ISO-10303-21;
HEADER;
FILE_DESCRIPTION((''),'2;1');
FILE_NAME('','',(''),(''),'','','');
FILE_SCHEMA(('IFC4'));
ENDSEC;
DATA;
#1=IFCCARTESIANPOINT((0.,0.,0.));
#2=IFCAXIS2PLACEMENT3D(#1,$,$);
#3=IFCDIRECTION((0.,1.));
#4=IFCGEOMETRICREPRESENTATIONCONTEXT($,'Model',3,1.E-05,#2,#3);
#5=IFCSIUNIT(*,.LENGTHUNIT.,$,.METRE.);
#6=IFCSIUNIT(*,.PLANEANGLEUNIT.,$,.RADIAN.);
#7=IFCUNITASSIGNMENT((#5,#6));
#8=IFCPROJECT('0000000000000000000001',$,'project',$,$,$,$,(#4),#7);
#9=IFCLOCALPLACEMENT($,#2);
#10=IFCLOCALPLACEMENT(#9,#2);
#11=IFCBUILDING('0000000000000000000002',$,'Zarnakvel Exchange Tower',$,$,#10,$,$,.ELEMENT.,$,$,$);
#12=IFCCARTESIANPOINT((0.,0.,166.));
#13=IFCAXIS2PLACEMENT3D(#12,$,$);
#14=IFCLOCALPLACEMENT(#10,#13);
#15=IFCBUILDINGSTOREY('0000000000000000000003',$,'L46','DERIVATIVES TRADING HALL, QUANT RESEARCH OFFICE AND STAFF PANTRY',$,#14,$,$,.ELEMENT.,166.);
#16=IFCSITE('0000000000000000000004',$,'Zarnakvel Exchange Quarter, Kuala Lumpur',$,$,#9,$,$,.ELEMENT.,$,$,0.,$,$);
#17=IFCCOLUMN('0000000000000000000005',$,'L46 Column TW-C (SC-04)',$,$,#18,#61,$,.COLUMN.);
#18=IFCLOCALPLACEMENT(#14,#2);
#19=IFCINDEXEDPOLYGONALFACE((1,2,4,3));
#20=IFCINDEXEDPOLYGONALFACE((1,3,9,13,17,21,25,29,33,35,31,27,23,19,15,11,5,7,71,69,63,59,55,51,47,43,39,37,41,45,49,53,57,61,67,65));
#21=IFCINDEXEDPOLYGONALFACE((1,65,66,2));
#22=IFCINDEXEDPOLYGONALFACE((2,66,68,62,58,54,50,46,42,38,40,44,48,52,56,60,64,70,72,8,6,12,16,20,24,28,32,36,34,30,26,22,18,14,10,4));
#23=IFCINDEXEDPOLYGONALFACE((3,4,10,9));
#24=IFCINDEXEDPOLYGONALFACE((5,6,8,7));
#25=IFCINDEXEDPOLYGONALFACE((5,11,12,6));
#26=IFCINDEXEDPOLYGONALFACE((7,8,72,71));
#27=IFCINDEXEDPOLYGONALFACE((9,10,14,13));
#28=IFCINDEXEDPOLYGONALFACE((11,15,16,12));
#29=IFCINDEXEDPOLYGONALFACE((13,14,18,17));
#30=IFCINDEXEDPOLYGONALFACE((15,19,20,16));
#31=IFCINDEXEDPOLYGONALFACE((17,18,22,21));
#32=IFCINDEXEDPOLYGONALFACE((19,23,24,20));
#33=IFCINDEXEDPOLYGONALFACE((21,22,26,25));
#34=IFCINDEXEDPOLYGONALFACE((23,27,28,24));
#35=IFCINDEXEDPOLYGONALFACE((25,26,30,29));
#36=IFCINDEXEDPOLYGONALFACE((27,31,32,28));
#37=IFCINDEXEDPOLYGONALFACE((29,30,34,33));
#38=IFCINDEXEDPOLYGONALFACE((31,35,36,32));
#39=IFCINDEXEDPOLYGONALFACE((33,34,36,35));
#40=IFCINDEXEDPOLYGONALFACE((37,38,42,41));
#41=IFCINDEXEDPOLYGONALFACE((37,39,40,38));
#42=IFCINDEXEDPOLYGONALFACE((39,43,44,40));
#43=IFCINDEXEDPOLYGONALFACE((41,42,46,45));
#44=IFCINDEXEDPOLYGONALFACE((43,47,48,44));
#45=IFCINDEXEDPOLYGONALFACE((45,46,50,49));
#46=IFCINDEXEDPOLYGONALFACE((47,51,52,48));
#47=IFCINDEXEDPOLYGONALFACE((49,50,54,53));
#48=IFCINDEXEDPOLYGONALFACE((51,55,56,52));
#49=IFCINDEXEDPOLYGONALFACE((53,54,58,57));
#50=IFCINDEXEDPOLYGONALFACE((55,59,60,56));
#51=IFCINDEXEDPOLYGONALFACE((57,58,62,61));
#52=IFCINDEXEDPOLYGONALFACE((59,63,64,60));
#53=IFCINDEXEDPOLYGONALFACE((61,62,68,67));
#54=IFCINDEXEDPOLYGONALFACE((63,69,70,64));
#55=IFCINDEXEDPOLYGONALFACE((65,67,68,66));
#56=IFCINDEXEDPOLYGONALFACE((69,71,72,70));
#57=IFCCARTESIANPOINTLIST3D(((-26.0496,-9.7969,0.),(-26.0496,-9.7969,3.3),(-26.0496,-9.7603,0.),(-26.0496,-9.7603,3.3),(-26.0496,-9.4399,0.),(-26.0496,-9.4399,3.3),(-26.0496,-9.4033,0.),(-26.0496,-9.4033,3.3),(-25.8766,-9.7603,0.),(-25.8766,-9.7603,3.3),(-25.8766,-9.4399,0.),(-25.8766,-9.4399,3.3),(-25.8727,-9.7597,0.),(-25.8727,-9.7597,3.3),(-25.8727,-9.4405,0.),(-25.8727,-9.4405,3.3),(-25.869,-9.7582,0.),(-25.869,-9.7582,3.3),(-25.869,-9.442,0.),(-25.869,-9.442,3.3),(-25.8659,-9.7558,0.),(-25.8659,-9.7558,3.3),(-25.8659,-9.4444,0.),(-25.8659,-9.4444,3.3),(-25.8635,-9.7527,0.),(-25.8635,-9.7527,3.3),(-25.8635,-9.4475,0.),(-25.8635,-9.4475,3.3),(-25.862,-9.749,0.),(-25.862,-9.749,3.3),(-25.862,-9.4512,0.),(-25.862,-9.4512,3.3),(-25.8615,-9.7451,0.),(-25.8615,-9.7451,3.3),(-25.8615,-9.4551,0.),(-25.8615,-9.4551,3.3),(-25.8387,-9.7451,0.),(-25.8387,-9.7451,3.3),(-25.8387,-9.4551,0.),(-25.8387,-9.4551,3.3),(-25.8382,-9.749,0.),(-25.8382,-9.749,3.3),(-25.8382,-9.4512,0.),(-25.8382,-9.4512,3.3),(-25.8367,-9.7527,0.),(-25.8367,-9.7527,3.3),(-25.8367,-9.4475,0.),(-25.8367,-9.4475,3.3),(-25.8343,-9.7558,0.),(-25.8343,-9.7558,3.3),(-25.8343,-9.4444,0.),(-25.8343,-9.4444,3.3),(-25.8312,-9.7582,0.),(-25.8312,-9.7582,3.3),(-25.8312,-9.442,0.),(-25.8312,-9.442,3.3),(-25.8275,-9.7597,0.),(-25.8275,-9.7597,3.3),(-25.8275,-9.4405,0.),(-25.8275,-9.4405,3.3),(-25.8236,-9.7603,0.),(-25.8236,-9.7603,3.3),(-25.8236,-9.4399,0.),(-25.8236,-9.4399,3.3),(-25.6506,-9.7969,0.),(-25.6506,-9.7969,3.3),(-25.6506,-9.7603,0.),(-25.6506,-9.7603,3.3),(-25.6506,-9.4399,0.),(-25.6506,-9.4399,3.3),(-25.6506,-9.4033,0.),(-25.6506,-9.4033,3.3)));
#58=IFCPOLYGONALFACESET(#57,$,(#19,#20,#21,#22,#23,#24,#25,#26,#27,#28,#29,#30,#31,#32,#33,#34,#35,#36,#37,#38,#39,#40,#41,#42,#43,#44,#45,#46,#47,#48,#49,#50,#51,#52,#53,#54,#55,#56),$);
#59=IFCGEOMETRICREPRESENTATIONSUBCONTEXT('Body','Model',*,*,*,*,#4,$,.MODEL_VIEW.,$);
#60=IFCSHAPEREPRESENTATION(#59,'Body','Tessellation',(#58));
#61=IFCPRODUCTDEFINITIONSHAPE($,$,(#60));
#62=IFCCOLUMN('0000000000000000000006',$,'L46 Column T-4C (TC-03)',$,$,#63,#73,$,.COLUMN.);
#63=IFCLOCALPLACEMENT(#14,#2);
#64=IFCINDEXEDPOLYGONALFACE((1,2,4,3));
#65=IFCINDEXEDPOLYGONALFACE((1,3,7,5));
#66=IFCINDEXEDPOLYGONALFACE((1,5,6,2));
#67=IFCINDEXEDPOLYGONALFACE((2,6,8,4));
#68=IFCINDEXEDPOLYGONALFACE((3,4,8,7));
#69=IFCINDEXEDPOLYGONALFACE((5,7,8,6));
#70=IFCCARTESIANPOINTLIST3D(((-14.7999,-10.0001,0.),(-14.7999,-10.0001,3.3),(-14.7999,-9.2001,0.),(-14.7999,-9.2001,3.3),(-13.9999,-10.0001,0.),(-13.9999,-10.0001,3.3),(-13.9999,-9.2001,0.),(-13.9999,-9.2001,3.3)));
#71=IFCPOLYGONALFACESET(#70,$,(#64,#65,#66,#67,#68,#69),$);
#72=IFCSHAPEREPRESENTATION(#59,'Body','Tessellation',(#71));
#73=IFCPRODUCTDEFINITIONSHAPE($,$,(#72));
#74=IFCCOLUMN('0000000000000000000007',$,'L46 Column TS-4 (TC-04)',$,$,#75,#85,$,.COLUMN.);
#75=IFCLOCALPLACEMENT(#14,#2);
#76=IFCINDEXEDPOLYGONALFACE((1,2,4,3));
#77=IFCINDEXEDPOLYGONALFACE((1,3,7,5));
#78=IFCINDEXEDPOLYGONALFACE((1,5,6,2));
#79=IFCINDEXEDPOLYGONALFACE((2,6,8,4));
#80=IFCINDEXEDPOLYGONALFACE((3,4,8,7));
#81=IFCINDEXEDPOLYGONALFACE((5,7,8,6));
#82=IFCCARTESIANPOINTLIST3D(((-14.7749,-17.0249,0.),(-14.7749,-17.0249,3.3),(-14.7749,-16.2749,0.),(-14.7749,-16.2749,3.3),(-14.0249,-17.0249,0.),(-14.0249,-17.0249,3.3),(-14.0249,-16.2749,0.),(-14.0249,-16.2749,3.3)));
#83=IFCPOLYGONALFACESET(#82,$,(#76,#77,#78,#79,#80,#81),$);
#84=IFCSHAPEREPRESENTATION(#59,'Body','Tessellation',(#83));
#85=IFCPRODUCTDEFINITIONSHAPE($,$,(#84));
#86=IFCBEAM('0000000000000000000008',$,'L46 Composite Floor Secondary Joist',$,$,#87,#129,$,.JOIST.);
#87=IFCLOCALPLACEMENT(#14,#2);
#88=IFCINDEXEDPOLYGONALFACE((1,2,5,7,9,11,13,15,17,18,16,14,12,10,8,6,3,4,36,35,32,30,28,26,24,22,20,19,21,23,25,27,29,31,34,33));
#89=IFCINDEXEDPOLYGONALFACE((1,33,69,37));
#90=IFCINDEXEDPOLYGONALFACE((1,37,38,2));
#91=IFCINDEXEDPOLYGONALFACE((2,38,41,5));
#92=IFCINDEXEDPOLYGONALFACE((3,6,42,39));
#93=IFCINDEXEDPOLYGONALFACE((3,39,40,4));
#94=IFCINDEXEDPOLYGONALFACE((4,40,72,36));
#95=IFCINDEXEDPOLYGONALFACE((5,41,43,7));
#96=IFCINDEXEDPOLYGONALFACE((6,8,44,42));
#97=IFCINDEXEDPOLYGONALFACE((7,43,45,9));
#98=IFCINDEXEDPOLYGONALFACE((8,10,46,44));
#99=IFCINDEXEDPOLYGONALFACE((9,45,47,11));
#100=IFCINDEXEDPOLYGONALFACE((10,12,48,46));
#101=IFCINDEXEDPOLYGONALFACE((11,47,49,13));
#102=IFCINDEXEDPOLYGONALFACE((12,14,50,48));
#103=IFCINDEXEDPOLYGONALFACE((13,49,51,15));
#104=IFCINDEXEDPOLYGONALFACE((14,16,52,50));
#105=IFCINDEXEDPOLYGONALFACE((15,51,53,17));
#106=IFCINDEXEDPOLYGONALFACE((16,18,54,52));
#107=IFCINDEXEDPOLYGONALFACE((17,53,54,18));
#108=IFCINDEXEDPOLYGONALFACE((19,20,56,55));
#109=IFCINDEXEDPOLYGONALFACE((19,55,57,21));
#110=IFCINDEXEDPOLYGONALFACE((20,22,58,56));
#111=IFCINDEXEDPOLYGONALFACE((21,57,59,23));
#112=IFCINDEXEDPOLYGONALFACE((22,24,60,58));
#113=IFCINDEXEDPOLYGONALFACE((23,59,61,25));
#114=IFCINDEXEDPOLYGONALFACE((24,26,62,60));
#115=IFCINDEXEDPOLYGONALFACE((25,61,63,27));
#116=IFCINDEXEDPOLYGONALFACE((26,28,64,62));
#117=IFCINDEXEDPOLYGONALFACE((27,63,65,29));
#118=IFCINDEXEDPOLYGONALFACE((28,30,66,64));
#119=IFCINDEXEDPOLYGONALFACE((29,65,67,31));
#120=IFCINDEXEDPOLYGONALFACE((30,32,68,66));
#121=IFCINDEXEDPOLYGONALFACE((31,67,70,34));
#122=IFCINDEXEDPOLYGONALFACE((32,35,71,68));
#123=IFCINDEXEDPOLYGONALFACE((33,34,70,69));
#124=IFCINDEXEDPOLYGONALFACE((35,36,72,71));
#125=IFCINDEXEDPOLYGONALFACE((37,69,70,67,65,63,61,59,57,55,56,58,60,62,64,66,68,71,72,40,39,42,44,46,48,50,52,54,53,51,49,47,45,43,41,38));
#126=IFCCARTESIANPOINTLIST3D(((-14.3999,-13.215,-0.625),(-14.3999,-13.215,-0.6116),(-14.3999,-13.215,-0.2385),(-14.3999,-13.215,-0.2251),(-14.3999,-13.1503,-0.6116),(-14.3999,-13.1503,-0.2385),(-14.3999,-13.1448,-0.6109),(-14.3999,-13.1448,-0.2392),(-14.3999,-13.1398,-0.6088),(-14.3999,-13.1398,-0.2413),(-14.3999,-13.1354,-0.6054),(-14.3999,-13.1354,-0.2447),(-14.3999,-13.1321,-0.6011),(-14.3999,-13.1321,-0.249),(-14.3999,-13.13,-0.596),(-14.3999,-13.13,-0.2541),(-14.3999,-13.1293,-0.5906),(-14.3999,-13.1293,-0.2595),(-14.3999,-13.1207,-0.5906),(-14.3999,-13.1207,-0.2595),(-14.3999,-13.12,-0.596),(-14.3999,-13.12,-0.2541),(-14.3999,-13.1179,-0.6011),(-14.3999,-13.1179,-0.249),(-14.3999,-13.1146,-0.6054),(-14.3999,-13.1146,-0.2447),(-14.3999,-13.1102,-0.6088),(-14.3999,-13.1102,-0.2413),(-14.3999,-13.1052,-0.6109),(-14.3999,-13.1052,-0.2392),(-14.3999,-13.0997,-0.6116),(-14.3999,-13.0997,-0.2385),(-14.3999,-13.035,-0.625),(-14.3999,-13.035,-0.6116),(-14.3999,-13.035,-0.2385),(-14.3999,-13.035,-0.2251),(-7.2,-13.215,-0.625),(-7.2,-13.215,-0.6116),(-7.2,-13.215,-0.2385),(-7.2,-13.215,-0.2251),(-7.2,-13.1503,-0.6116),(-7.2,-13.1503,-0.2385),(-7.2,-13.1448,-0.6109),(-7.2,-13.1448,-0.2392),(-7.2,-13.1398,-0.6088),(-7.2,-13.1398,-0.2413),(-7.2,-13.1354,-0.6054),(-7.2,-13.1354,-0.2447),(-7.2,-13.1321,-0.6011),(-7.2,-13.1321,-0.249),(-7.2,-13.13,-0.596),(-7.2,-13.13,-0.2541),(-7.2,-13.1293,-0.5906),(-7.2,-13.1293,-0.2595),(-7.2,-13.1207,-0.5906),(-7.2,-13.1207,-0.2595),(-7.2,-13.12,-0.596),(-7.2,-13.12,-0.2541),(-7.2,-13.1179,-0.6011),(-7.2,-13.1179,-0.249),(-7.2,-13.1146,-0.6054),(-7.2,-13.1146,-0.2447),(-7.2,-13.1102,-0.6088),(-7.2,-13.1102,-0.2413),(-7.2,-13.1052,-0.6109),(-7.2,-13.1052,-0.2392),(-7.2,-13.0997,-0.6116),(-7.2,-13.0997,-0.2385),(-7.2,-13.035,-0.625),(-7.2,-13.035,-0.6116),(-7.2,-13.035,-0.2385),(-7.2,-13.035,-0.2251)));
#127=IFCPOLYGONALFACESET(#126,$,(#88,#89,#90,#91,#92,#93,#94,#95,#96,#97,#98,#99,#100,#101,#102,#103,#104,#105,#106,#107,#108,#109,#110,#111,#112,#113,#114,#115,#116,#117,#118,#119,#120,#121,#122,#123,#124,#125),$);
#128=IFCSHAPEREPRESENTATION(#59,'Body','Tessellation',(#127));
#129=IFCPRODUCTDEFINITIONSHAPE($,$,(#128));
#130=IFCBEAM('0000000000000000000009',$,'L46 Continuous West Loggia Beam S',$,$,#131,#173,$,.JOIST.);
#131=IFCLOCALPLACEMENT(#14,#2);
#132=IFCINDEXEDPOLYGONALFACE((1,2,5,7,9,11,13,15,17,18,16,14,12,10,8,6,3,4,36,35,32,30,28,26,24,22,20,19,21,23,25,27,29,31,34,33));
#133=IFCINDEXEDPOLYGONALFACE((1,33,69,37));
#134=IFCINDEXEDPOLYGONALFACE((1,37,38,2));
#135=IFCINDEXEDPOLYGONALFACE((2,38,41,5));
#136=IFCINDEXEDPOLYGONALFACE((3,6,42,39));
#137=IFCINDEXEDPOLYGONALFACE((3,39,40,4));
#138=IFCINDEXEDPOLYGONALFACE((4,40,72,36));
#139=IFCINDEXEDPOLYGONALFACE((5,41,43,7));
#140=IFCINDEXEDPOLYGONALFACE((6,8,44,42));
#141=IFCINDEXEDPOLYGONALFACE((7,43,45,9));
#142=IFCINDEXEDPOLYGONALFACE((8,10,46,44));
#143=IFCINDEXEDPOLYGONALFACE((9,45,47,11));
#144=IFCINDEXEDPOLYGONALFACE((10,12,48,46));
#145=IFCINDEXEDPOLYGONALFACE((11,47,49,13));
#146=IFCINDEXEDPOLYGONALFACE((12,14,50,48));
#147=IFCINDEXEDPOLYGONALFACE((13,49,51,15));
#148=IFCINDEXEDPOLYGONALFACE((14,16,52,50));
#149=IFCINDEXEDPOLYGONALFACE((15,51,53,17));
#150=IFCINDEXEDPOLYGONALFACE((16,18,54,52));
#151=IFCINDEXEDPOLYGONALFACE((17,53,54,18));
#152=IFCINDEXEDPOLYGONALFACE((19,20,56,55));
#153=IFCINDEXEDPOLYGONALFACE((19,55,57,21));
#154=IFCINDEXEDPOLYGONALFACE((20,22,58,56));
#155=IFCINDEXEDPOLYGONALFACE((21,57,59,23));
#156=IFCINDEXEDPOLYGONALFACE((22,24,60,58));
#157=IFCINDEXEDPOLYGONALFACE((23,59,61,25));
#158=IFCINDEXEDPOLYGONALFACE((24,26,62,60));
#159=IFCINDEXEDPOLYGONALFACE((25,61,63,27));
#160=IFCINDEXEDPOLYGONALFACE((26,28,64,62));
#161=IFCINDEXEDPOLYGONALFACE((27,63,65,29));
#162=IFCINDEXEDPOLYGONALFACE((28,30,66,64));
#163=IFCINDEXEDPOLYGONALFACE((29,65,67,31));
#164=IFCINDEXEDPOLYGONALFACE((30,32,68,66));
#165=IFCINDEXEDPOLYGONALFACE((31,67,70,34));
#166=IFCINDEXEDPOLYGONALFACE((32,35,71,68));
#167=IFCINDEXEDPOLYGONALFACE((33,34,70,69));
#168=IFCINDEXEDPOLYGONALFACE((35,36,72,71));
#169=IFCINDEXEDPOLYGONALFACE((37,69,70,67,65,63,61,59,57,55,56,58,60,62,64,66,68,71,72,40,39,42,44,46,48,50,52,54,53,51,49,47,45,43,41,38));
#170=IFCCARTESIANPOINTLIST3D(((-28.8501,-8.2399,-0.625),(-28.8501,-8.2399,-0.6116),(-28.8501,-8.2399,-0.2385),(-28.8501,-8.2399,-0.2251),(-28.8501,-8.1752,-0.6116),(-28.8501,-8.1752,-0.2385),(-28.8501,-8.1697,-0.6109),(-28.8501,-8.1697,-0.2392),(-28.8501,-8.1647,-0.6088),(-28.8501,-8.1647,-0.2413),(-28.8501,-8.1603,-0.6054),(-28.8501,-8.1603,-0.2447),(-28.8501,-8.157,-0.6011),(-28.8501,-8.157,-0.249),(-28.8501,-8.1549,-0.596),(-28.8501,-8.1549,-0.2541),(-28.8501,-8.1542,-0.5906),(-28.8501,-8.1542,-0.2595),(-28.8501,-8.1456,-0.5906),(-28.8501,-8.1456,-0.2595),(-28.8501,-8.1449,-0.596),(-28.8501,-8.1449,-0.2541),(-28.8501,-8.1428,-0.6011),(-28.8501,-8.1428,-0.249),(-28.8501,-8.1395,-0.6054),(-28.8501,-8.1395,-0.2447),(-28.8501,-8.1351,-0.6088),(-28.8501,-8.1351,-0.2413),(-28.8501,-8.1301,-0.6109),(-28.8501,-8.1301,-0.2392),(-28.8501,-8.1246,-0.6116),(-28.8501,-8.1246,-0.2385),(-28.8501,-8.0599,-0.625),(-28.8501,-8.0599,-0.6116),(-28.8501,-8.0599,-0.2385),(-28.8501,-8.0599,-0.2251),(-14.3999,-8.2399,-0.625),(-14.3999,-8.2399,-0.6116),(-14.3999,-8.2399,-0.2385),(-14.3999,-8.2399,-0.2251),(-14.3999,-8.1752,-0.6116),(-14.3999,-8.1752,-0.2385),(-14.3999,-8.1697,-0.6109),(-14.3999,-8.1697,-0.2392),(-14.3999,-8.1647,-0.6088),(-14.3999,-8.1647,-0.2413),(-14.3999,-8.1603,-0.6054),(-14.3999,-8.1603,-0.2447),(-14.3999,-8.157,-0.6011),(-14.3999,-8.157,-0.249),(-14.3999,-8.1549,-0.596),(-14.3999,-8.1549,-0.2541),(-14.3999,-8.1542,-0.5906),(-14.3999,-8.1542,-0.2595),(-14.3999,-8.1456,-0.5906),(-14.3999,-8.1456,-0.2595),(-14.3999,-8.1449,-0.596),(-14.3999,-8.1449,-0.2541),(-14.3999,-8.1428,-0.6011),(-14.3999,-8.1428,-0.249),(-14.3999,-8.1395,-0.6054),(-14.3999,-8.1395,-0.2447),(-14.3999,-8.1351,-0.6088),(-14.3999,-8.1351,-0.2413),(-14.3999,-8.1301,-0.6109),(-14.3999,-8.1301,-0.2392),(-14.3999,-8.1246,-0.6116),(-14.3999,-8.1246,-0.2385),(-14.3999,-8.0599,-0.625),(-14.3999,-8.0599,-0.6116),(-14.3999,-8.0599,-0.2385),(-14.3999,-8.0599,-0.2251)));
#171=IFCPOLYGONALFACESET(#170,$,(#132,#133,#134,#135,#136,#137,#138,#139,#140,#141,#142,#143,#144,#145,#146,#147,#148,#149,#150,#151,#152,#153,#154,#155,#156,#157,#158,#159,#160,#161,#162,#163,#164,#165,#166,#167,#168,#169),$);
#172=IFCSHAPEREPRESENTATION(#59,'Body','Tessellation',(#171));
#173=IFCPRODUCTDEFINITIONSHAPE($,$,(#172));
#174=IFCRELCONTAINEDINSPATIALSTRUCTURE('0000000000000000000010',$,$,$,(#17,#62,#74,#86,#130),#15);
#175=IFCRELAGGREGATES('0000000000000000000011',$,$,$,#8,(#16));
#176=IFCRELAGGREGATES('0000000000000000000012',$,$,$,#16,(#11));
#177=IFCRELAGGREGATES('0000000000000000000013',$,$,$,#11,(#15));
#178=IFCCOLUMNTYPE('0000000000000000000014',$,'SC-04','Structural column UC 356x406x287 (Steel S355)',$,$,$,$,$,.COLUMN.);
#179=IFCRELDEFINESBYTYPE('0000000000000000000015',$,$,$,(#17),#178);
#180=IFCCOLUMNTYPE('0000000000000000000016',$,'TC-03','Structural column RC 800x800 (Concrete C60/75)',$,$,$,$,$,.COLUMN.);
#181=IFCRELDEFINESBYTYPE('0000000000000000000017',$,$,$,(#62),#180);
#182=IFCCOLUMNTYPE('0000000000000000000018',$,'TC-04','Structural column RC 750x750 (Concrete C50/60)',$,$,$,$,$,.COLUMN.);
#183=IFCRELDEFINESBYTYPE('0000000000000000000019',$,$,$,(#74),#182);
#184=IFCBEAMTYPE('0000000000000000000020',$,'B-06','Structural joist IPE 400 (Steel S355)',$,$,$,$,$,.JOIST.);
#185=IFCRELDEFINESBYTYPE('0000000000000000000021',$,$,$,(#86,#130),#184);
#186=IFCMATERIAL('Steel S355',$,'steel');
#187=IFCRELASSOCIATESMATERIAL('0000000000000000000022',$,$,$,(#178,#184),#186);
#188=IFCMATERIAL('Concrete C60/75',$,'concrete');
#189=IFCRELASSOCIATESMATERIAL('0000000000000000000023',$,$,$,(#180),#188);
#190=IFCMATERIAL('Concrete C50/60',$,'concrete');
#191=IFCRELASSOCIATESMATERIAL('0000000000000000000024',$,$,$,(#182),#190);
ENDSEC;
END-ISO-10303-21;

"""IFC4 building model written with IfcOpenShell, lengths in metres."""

from ifc_helpers import new_model, si_unit, direction, frame, origin, origin_2d, place, context, subcontext, project, spatial, rectangle, i_section, extrude, material, material_profile, profile_set, type_object, element, save


model = new_model("IFC4")

# Units and contexts
model_context = context("Model", 3, precision=1e-05, world=origin(), true_north=direction((0.0, 1.0)))
body_context = subcontext(model_context, "Body", "Model", "MODEL_VIEW")
ifc_project = project(units=[si_unit("LENGTHUNIT", "METRE"), si_unit("PLANEANGLEUNIT", "RADIAN")], contexts=[model_context])

# Site, building, storey
site_placement = place(None, origin())
site = spatial("IfcSite", under=ifc_project, at=site_placement, Name="Zarnakvel Exchange Quarter, Kuala Lumpur", CompositionType="ELEMENT", RefElevation=0.0)
building_placement = place(site_placement, origin())
building = spatial("IfcBuilding", under=site, at=building_placement, Name="Zarnakvel Exchange Tower", CompositionType="ELEMENT")
storey_placement = place(building_placement, frame((0.0, 0.0, 166.0)))
storey = spatial("IfcBuildingStorey", under=building, at=storey_placement, Name="L46", Description="DERIVATIVES TRADING HALL, QUANT RESEARCH OFFICE AND STAFF PANTRY", CompositionType="ELEMENT", Elevation=166.0)

# Columns
ifc_material_1 = material(Name="Steel S355", Category="steel")
ifc_material_profile_1 = material_profile(ifc_material_1, i_section(OverallWidth=0.3989, OverallDepth=0.3936, WebThickness=0.0227, FlangeThickness=0.0366, FilletRadius=0.0151, at=origin_2d()))
ifc_profile_set_1 = profile_set([ifc_material_profile_1], Name="Steel S355")
column_type_1 = type_object("IfcColumnType", Name="SC-04", Description="Structural column UC 356x406x287 (Steel S355)", PredefinedType="COLUMN", material=ifc_profile_set_1)
column_1_placement = place(storey_placement, frame((-25.8501, -9.6001, 0.0), z_axis=(0.0, 0.0, 1.0), x_axis=(1.0, 0.0, 0.0)))
element("IfcColumn", 1, at=column_1_placement, inside=storey, type_object=column_type_1, Name="L46 Column TW-C (SC-04)", PredefinedType="COLUMN", context=body_context, shape_type="SweptSolid", body=[
    extrude(i_section(OverallWidth=0.3989, OverallDepth=0.3936, WebThickness=0.0227, FlangeThickness=0.0366, FilletRadius=0.0151, at=origin_2d()), origin(), (0.0, 0.0, 1.0), 3.3),
])
ifc_material_2 = material(Name="Concrete C60/75", Category="concrete")
ifc_material_profile_2 = material_profile(ifc_material_2, rectangle(XDim=0.8, YDim=0.8, at=origin_2d()))
ifc_profile_set_2 = profile_set([ifc_material_profile_2], Name="Concrete C60/75")
column_type_2 = type_object("IfcColumnType", Name="TC-03", Description="Structural column RC 800x800 (Concrete C60/75)", PredefinedType="COLUMN", material=ifc_profile_set_2)
column_2_placement = place(storey_placement, frame((-14.3999, -9.6001, 0.0), z_axis=(0.0, 0.0, 1.0), x_axis=(1.0, 0.0, 0.0)))
element("IfcColumn", 2, at=column_2_placement, inside=storey, type_object=column_type_2, Name="L46 Column T-4C (TC-03)", PredefinedType="COLUMN", context=body_context, shape_type="SweptSolid", body=[
    extrude(rectangle(XDim=0.8, YDim=0.8, at=origin_2d()), origin(), (0.0, 0.0, 1.0), 3.3),
])
ifc_material_3 = material(Name="Concrete C50/60", Category="concrete")
ifc_material_profile_3 = material_profile(ifc_material_3, rectangle(XDim=0.75, YDim=0.75, at=origin_2d()))
ifc_profile_set_3 = profile_set([ifc_material_profile_3], Name="Concrete C50/60")
column_type_3 = type_object("IfcColumnType", Name="TC-04", Description="Structural column RC 750x750 (Concrete C50/60)", PredefinedType="COLUMN", material=ifc_profile_set_3)
column_3_placement = place(storey_placement, frame((-14.3999, -16.6499, 0.0), z_axis=(0.0, 0.0, 1.0), x_axis=(1.0, 0.0, 0.0)))
element("IfcColumn", 3, at=column_3_placement, inside=storey, type_object=column_type_3, Name="L46 Column TS-4 (TC-04)", PredefinedType="COLUMN", context=body_context, shape_type="SweptSolid", body=[
    extrude(rectangle(XDim=0.75, YDim=0.75, at=origin_2d()), origin(), (0.0, 0.0, 1.0), 3.3),
])

# Beams
ifc_material_profile_4 = material_profile(ifc_material_1, i_section(OverallWidth=0.1799, OverallDepth=0.3999, WebThickness=0.0085, FlangeThickness=0.0134, FilletRadius=0.021, at=origin_2d()))
ifc_profile_set_4 = profile_set([ifc_material_profile_4], Name="Steel S355")
beam_type_1 = type_object("IfcBeamType", Name="B-06", Description="Structural joist IPE 400 (Steel S355)", PredefinedType="JOIST", material=ifc_profile_set_4)
beam_1_placement = place(storey_placement, frame((-14.3999, -13.125, -0.425), z_axis=(1.0, 0.0, 0.0), x_axis=(0.0, 1.0, 0.0)))
element("IfcBeam", 4, at=beam_1_placement, inside=storey, type_object=beam_type_1, Name="L46 Composite Floor Secondary Joist", PredefinedType="JOIST", context=body_context, shape_type="SweptSolid", body=[
    extrude(i_section(OverallWidth=0.1799, OverallDepth=0.3999, WebThickness=0.0085, FlangeThickness=0.0134, FilletRadius=0.021, at=origin_2d()), origin(), (0.0, 0.0, 1.0), 7.2),
])
beam_2_placement = place(storey_placement, frame((-14.3999, -8.1499, -0.425), z_axis=(-1.0, 0.0, 0.0), x_axis=(0.0, -1.0, 0.0)))
element("IfcBeam", 5, at=beam_2_placement, inside=storey, type_object=beam_type_1, Name="L46 Continuous West Loggia Beam S", PredefinedType="JOIST", context=body_context, shape_type="SweptSolid", body=[
    extrude(i_section(OverallWidth=0.1799, OverallDepth=0.3999, WebThickness=0.0085, FlangeThickness=0.0134, FilletRadius=0.021, at=origin_2d()), origin(), (0.0, 0.0, 1.0), 14.4502),
])

save(model, "model.ifc")
